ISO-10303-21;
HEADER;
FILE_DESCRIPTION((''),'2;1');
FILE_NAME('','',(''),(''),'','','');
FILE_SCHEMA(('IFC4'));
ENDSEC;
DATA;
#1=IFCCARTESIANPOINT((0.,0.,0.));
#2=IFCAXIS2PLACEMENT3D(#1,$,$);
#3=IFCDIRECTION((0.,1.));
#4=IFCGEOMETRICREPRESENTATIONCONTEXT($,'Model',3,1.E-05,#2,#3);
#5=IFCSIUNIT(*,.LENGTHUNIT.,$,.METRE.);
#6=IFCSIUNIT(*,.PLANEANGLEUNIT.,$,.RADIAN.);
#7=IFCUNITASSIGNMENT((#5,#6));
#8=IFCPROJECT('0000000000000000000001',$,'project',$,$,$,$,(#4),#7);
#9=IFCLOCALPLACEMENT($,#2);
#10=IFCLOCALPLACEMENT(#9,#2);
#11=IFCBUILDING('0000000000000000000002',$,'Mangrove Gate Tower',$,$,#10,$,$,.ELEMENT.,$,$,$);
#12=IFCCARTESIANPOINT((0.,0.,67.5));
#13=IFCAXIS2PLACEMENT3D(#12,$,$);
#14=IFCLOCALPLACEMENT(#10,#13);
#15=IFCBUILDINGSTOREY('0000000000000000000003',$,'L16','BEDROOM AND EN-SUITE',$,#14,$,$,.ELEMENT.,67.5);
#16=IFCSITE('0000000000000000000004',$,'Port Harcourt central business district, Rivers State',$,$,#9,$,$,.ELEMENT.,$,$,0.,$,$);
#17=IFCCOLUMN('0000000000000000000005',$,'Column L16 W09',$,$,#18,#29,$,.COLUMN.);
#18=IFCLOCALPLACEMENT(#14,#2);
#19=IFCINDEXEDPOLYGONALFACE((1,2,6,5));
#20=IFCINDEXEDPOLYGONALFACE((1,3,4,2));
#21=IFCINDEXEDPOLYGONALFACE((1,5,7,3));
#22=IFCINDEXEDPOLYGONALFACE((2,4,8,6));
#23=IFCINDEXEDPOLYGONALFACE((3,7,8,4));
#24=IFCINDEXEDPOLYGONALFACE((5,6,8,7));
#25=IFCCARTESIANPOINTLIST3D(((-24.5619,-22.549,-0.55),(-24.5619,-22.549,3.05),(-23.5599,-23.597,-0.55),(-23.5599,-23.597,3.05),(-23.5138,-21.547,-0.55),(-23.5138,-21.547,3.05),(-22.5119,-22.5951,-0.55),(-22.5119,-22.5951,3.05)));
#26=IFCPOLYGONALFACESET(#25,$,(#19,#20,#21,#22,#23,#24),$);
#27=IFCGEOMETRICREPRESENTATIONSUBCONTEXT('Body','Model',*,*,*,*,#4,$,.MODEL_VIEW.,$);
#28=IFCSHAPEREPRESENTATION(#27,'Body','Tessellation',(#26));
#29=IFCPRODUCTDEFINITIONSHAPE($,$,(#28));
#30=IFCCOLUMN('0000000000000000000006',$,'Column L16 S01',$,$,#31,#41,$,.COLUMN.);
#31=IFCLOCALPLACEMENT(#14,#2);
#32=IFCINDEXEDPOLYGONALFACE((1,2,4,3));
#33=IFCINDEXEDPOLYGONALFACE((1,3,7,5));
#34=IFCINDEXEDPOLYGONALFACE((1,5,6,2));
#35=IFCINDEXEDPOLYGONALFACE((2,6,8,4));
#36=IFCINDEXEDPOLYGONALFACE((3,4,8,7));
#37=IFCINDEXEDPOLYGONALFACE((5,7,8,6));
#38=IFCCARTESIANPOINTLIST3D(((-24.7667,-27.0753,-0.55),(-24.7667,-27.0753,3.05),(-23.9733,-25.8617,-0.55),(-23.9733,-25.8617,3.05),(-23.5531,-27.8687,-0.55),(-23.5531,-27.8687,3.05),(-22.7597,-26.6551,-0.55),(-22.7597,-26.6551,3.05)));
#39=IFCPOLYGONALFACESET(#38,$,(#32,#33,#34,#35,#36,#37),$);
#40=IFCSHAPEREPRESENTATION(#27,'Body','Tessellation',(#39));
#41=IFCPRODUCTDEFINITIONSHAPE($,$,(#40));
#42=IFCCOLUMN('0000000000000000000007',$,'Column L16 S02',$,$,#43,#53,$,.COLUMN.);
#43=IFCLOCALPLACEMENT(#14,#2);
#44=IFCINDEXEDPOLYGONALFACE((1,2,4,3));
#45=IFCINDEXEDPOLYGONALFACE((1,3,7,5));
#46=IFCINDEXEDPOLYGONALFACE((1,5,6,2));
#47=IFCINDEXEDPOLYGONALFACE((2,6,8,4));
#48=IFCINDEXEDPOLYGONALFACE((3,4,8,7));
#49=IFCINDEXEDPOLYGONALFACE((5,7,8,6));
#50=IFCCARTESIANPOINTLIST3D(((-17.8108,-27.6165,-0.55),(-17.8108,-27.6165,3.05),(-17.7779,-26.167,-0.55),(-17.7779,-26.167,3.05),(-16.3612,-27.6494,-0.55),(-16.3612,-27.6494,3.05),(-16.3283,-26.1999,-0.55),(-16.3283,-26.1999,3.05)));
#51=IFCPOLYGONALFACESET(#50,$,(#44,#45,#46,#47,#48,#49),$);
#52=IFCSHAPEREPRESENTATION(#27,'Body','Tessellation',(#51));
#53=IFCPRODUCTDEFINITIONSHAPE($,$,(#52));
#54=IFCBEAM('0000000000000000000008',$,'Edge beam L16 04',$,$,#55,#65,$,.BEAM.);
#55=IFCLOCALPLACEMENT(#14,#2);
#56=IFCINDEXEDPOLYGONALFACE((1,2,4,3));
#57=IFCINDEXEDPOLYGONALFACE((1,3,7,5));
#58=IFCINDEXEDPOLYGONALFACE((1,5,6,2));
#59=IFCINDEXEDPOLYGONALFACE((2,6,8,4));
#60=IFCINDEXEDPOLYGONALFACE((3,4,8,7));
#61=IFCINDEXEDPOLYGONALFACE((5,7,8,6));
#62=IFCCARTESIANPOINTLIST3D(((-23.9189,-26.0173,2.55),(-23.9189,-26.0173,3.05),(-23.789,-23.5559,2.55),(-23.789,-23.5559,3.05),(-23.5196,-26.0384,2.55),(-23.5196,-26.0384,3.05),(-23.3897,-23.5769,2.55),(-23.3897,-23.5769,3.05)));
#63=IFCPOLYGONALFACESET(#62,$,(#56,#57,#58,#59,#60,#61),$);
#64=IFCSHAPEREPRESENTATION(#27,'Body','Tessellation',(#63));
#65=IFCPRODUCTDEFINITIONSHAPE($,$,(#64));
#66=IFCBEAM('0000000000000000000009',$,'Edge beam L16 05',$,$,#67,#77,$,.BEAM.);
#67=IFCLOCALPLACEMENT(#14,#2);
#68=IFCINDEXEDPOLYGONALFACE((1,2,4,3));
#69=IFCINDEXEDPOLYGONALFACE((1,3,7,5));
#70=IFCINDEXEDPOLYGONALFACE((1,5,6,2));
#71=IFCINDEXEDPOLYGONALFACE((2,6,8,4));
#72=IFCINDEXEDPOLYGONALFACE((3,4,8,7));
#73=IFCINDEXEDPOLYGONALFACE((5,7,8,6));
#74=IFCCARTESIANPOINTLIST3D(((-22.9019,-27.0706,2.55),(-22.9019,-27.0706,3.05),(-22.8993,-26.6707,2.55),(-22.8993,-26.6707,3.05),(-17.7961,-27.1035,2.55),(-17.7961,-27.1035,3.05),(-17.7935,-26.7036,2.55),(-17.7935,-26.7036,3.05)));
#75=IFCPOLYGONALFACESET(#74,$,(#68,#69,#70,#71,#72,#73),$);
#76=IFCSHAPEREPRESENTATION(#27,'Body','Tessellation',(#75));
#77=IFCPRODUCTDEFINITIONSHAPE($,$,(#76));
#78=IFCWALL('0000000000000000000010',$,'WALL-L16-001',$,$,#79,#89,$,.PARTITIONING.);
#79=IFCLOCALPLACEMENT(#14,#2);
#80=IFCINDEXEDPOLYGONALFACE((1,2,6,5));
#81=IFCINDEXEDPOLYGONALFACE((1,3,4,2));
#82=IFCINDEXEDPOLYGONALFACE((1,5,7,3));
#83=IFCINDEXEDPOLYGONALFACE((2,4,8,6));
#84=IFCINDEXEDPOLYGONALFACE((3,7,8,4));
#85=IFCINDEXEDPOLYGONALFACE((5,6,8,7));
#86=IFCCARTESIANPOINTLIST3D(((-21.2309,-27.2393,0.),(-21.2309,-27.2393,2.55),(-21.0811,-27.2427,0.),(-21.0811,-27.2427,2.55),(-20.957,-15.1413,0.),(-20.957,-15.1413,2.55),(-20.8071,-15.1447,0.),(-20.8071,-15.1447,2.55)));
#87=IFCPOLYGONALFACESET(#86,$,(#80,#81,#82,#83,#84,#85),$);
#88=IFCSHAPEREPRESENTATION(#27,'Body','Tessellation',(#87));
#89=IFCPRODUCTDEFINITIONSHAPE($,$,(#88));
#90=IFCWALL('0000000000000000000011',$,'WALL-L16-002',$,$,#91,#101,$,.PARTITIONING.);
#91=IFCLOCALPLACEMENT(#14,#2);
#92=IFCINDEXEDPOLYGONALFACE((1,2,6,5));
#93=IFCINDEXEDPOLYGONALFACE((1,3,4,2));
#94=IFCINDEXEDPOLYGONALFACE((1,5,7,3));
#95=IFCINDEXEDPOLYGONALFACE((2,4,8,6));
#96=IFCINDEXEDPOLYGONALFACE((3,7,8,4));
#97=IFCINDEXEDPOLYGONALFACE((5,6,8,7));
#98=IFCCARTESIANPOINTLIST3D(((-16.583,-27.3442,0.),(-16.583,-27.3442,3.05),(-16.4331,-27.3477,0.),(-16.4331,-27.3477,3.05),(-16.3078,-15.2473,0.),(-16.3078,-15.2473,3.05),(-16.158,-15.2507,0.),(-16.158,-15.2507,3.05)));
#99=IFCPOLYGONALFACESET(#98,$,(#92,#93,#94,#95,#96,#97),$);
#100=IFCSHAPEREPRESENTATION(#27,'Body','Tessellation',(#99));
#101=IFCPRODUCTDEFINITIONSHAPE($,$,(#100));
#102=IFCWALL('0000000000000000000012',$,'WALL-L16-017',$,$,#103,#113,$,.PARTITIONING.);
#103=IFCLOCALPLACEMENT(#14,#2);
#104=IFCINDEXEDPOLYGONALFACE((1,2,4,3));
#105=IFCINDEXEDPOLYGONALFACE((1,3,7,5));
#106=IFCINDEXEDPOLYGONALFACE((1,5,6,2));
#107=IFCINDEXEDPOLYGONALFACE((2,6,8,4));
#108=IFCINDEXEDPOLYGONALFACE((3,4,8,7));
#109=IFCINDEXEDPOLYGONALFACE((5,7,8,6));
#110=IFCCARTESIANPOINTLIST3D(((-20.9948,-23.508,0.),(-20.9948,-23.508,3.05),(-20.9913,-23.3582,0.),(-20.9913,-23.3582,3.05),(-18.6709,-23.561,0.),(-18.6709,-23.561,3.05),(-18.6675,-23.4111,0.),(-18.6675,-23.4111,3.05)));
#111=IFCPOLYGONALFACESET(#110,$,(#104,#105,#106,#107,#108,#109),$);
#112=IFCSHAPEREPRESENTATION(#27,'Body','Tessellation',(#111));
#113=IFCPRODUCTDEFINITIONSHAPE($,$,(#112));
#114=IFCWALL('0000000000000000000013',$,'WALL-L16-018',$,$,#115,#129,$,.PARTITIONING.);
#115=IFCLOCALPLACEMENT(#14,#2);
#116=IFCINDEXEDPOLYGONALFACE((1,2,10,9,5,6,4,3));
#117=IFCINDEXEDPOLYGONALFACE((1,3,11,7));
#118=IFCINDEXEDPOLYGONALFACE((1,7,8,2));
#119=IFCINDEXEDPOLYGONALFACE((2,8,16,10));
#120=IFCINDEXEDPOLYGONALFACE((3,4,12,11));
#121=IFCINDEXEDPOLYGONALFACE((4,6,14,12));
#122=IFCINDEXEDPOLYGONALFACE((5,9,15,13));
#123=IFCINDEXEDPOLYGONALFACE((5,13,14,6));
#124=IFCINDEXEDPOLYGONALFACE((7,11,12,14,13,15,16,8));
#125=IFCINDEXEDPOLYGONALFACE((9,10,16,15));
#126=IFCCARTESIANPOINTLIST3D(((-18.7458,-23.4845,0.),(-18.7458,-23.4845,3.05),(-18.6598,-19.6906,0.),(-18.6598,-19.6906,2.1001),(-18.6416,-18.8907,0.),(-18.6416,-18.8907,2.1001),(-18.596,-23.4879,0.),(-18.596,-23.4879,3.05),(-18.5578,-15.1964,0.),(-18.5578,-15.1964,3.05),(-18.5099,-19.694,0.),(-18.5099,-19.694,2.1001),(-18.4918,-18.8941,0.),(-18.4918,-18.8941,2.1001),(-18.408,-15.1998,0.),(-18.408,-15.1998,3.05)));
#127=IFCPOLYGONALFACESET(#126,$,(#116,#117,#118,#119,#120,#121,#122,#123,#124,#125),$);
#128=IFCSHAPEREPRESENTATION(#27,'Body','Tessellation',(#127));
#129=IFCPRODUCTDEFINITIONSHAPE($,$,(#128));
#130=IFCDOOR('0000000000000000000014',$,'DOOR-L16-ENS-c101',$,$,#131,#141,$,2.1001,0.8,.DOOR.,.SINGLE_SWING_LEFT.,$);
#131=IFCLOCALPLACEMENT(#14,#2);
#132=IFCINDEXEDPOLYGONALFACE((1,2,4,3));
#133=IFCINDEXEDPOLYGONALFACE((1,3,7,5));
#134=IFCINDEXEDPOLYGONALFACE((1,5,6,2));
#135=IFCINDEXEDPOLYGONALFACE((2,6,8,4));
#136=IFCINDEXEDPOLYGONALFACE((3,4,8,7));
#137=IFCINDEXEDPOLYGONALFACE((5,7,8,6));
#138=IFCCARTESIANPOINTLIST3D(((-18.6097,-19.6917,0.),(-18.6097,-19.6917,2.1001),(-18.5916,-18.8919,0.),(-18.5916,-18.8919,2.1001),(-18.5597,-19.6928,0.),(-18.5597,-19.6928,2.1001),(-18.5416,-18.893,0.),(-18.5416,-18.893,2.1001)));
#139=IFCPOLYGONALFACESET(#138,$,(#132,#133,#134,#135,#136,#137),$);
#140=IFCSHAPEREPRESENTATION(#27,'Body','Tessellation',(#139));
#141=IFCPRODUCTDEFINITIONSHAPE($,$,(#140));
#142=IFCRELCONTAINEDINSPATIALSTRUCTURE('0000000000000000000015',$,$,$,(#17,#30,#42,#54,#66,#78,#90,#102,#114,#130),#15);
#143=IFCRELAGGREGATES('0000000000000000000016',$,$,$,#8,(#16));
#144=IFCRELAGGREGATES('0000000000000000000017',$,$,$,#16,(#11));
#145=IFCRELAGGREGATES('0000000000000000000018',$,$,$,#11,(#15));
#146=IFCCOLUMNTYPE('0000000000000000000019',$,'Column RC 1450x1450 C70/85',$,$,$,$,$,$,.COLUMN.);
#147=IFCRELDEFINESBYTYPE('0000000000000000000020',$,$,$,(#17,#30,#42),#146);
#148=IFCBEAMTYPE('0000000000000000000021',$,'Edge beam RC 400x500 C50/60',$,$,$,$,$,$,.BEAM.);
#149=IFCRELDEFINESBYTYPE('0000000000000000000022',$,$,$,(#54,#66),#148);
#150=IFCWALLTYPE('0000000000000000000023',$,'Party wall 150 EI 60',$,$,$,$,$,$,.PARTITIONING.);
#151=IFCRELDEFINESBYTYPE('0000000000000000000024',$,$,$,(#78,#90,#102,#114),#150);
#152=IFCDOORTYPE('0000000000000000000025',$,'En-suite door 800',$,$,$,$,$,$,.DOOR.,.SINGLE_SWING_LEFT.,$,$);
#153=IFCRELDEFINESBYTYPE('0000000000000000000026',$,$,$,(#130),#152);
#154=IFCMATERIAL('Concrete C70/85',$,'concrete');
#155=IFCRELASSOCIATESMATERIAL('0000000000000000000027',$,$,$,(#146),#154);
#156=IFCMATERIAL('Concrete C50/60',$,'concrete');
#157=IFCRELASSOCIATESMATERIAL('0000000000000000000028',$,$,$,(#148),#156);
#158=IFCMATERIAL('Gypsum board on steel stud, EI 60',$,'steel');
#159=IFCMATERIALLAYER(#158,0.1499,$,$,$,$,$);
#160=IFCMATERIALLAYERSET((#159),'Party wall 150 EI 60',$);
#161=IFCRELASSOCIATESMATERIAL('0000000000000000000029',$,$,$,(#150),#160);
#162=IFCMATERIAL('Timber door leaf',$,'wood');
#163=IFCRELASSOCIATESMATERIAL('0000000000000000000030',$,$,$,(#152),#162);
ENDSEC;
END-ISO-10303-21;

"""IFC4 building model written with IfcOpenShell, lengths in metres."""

from ifc_helpers import new_model, si_unit, direction, frame, frame_2d, origin, origin_2d, place, context, subcontext, project, spatial, rectangle, extrude, material, layer, layer_set, material_profile, profile_set, type_object, element, fill, save


model = new_model("IFC4")

# Units and contexts
model_context = context("Model", 3, precision=1e-05, world=origin(), true_north=direction((0.0, 1.0)))
body_context = subcontext(model_context, "Body", "Model", "MODEL_VIEW")
ifc_project = project(units=[si_unit("LENGTHUNIT", "METRE"), si_unit("PLANEANGLEUNIT", "RADIAN")], contexts=[model_context])

# Site, building, storey
site_placement = place(None, origin())
site = spatial("IfcSite", under=ifc_project, at=site_placement, Name="Port Harcourt central business district, Rivers State", CompositionType="ELEMENT", RefElevation=0.0)
building_placement = place(site_placement, origin())
building = spatial("IfcBuilding", under=site, at=building_placement, Name="Mangrove Gate Tower", CompositionType="ELEMENT")
storey_placement = place(building_placement, frame((0.0, 0.0, 67.5)))
storey = spatial("IfcBuildingStorey", under=building, at=storey_placement, Name="L16", Description="BEDROOM AND EN-SUITE", CompositionType="ELEMENT", Elevation=67.5)

# Columns
ifc_material_1 = material(Name="Concrete C70/85", Category="concrete")
ifc_material_profile_1 = material_profile(ifc_material_1, rectangle(XDim=1.45, YDim=1.45, at=origin_2d()))
ifc_profile_set_1 = profile_set([ifc_material_profile_1], Name="Concrete C70/85")
column_type = type_object("IfcColumnType", Name="Column RC 1450x1450 C70/85", PredefinedType="COLUMN", material=ifc_profile_set_1)
for number, where, z_axis, x_axis, name in (
    (1, (-23.5369, -22.572, -0.55), (0.0, 0.0, 1.0), (0.691018, -0.722837, 0.0), "Column L16 W09"),
    (2, (-23.7632, -26.8652, -0.55), (0.0, 0.0, 1.0), (0.837001, -0.547201, 0.0), "Column L16 S01"),
    (3, (-17.0696, -26.9082, -0.55), (0.0, 0.0, 1.0), (0.999743, -0.022681, 0.0), "Column L16 S02"),
):
    element("IfcColumn", number, at=place(storey_placement, frame(where, z_axis=z_axis, x_axis=x_axis)), inside=storey, type_object=column_type, Name=name, PredefinedType="COLUMN", context=body_context, shape_type="SweptSolid", body=[
        extrude(rectangle(XDim=1.45, YDim=1.45, at=origin_2d()), origin(), (0.0, 0.0, 1.0), 3.6001),
    ])

# Beams
ifc_material_2 = material(Name="Concrete C50/60", Category="concrete")
ifc_material_profile_2 = material_profile(ifc_material_2, rectangle(XDim=0.3999, YDim=0.5, at=origin_2d()))
ifc_profile_set_2 = profile_set([ifc_material_profile_2], Name="Concrete C50/60")
beam_type = type_object("IfcBeamType", Name="Edge beam RC 400x500 C50/60", PredefinedType="BEAM", material=ifc_profile_set_2)
beam_1_placement = place(storey_placement, frame((-23.5894, -23.5664, 2.8), z_axis=(-0.052694, -0.998611, 0.0), x_axis=(0.998611, -0.052694, 0.0)))
element("IfcBeam", 4, at=beam_1_placement, inside=storey, type_object=beam_type, Name="Edge beam L16 04", PredefinedType="BEAM", context=body_context, shape_type="SweptSolid", body=[
    extrude(rectangle(XDim=0.3999, YDim=0.5, at=origin_2d()), origin(), (0.0, 0.0, 1.0), 2.4648),
])
beam_2_placement = place(storey_placement, frame((-22.9006, -26.8706, 2.8), z_axis=(0.999979, -0.006455, 0.0), x_axis=(0.006455, 0.999979, 0.0)))
element("IfcBeam", 5, at=beam_2_placement, inside=storey, type_object=beam_type, Name="Edge beam L16 05", PredefinedType="BEAM", context=body_context, shape_type="SweptSolid", body=[
    extrude(rectangle(XDim=0.3999, YDim=0.5, at=origin_2d()), origin(), (0.0, 0.0, 1.0), 5.106),
])

# Walls
ifc_material_3 = material(Name="Gypsum board on steel stud, EI 60", Category="steel")
ifc_layer = layer(ifc_material_3, 0.1499)
ifc_layer_set = layer_set([ifc_layer], Name="Party wall 150 EI 60")
wall_type = type_object("IfcWallType", Name="Party wall 150 EI 60", PredefinedType="PARTITIONING", material=ifc_layer_set)
wall_1_placement = place(storey_placement, frame((-21.156, -27.241, 0.0), z_axis=(0.0, 0.0, 1.0), x_axis=(0.022637, 0.999744, 0.0)))
element("IfcWall", 6, at=wall_1_placement, inside=storey, type_object=wall_type, Name="WALL-L16-001", PredefinedType="PARTITIONING", context=body_context, shape_type="SweptSolid", body=[
    extrude(rectangle(XDim=12.1011, YDim=0.1499, at=frame_2d((6.0505, 0.0))), origin(), (0.0, 0.0, 1.0), 2.55),
])
wall_2_placement = place(storey_placement, frame((-16.5081, -27.3459, 0.0), z_axis=(0.0, 0.0, 1.0), x_axis=(0.022739, 0.999741, 0.0)))
element("IfcWall", 7, at=wall_2_placement, inside=storey, type_object=wall_type, Name="WALL-L16-002", PredefinedType="PARTITIONING", context=body_context, shape_type="SweptSolid", body=[
    extrude(rectangle(XDim=12.1001, YDim=0.1499, at=frame_2d((6.05, 0.0))), origin(), (0.0, 0.0, 1.0), 3.05),
])
wall_3_placement = place(storey_placement, frame((-20.9929, -23.4331, 0.0), z_axis=(0.0, 0.0, 1.0), x_axis=(0.99974, -0.022791, 0.0)))
element("IfcWall", 8, at=wall_3_placement, inside=storey, type_object=wall_type, Name="WALL-L16-017", PredefinedType="PARTITIONING", context=body_context, shape_type="SweptSolid", body=[
    extrude(rectangle(XDim=2.3245, YDim=0.1499, at=frame_2d((1.1621, 0.0))), origin(), (0.0, 0.0, 1.0), 3.05),
])

# Wall, opening, door
wall_4_placement = place(storey_placement, frame((-18.6709, -23.4861, 0.0), z_axis=(0.0, 0.0, 1.0), x_axis=(0.022676, 0.999743, 0.0)))
wall_4 = element("IfcWall", 9, at=wall_4_placement, inside=storey, type_object=wall_type, Name="WALL-L16-018", PredefinedType="PARTITIONING", context=body_context, shape_type="SweptSolid", body=[
    extrude(rectangle(XDim=8.2903, YDim=0.1499, at=frame_2d((4.145, 0.0))), origin(), (0.0, 0.0, 1.0), 3.05),
])
opening_placement = place(wall_4_placement, frame((3.7949, 0.0, 0.0)))
opening = element("IfcOpeningElement", 10, at=opening_placement, cuts=wall_4, PredefinedType="OPENING", context=body_context, shape_type="SweptSolid", body=[
    extrude(rectangle(XDim=0.8, YDim=2.1001, at=frame_2d((0.3999, 1.05))), frame((0.0, 0.085, 0.0), z_axis=(0.0, -1.0, 0.0), x_axis=(1.0, 0.0, 0.0)), (0.0, 0.0, 1.0), 0.1699),
])
ifc_material_4 = material(Name="Timber door leaf", Category="wood")
door_type = type_object("IfcDoorType", Name="En-suite door 800", OperationType="SINGLE_SWING_LEFT", PredefinedType="DOOR", material=ifc_material_4)
door_placement = place(opening_placement, origin())
door = element("IfcDoor", 11, at=door_placement, inside=storey, type_object=door_type, Name="DOOR-L16-ENS-c101", OperationType="SINGLE_SWING_LEFT", OverallHeight=2.1001, OverallWidth=0.8, PredefinedType="DOOR", context=body_context, shape_type="SweptSolid", body=[
    extrude(rectangle(XDim=0.8, YDim=2.1001, at=frame_2d((0.3999, 1.05))), frame((0.0, 0.0249, 0.0), z_axis=(0.0, -1.0, 0.0), x_axis=(1.0, 0.0, 0.0)), (0.0, 0.0, 1.0), 0.05),
])
fill(opening, door)

save(model, "model.ifc")
